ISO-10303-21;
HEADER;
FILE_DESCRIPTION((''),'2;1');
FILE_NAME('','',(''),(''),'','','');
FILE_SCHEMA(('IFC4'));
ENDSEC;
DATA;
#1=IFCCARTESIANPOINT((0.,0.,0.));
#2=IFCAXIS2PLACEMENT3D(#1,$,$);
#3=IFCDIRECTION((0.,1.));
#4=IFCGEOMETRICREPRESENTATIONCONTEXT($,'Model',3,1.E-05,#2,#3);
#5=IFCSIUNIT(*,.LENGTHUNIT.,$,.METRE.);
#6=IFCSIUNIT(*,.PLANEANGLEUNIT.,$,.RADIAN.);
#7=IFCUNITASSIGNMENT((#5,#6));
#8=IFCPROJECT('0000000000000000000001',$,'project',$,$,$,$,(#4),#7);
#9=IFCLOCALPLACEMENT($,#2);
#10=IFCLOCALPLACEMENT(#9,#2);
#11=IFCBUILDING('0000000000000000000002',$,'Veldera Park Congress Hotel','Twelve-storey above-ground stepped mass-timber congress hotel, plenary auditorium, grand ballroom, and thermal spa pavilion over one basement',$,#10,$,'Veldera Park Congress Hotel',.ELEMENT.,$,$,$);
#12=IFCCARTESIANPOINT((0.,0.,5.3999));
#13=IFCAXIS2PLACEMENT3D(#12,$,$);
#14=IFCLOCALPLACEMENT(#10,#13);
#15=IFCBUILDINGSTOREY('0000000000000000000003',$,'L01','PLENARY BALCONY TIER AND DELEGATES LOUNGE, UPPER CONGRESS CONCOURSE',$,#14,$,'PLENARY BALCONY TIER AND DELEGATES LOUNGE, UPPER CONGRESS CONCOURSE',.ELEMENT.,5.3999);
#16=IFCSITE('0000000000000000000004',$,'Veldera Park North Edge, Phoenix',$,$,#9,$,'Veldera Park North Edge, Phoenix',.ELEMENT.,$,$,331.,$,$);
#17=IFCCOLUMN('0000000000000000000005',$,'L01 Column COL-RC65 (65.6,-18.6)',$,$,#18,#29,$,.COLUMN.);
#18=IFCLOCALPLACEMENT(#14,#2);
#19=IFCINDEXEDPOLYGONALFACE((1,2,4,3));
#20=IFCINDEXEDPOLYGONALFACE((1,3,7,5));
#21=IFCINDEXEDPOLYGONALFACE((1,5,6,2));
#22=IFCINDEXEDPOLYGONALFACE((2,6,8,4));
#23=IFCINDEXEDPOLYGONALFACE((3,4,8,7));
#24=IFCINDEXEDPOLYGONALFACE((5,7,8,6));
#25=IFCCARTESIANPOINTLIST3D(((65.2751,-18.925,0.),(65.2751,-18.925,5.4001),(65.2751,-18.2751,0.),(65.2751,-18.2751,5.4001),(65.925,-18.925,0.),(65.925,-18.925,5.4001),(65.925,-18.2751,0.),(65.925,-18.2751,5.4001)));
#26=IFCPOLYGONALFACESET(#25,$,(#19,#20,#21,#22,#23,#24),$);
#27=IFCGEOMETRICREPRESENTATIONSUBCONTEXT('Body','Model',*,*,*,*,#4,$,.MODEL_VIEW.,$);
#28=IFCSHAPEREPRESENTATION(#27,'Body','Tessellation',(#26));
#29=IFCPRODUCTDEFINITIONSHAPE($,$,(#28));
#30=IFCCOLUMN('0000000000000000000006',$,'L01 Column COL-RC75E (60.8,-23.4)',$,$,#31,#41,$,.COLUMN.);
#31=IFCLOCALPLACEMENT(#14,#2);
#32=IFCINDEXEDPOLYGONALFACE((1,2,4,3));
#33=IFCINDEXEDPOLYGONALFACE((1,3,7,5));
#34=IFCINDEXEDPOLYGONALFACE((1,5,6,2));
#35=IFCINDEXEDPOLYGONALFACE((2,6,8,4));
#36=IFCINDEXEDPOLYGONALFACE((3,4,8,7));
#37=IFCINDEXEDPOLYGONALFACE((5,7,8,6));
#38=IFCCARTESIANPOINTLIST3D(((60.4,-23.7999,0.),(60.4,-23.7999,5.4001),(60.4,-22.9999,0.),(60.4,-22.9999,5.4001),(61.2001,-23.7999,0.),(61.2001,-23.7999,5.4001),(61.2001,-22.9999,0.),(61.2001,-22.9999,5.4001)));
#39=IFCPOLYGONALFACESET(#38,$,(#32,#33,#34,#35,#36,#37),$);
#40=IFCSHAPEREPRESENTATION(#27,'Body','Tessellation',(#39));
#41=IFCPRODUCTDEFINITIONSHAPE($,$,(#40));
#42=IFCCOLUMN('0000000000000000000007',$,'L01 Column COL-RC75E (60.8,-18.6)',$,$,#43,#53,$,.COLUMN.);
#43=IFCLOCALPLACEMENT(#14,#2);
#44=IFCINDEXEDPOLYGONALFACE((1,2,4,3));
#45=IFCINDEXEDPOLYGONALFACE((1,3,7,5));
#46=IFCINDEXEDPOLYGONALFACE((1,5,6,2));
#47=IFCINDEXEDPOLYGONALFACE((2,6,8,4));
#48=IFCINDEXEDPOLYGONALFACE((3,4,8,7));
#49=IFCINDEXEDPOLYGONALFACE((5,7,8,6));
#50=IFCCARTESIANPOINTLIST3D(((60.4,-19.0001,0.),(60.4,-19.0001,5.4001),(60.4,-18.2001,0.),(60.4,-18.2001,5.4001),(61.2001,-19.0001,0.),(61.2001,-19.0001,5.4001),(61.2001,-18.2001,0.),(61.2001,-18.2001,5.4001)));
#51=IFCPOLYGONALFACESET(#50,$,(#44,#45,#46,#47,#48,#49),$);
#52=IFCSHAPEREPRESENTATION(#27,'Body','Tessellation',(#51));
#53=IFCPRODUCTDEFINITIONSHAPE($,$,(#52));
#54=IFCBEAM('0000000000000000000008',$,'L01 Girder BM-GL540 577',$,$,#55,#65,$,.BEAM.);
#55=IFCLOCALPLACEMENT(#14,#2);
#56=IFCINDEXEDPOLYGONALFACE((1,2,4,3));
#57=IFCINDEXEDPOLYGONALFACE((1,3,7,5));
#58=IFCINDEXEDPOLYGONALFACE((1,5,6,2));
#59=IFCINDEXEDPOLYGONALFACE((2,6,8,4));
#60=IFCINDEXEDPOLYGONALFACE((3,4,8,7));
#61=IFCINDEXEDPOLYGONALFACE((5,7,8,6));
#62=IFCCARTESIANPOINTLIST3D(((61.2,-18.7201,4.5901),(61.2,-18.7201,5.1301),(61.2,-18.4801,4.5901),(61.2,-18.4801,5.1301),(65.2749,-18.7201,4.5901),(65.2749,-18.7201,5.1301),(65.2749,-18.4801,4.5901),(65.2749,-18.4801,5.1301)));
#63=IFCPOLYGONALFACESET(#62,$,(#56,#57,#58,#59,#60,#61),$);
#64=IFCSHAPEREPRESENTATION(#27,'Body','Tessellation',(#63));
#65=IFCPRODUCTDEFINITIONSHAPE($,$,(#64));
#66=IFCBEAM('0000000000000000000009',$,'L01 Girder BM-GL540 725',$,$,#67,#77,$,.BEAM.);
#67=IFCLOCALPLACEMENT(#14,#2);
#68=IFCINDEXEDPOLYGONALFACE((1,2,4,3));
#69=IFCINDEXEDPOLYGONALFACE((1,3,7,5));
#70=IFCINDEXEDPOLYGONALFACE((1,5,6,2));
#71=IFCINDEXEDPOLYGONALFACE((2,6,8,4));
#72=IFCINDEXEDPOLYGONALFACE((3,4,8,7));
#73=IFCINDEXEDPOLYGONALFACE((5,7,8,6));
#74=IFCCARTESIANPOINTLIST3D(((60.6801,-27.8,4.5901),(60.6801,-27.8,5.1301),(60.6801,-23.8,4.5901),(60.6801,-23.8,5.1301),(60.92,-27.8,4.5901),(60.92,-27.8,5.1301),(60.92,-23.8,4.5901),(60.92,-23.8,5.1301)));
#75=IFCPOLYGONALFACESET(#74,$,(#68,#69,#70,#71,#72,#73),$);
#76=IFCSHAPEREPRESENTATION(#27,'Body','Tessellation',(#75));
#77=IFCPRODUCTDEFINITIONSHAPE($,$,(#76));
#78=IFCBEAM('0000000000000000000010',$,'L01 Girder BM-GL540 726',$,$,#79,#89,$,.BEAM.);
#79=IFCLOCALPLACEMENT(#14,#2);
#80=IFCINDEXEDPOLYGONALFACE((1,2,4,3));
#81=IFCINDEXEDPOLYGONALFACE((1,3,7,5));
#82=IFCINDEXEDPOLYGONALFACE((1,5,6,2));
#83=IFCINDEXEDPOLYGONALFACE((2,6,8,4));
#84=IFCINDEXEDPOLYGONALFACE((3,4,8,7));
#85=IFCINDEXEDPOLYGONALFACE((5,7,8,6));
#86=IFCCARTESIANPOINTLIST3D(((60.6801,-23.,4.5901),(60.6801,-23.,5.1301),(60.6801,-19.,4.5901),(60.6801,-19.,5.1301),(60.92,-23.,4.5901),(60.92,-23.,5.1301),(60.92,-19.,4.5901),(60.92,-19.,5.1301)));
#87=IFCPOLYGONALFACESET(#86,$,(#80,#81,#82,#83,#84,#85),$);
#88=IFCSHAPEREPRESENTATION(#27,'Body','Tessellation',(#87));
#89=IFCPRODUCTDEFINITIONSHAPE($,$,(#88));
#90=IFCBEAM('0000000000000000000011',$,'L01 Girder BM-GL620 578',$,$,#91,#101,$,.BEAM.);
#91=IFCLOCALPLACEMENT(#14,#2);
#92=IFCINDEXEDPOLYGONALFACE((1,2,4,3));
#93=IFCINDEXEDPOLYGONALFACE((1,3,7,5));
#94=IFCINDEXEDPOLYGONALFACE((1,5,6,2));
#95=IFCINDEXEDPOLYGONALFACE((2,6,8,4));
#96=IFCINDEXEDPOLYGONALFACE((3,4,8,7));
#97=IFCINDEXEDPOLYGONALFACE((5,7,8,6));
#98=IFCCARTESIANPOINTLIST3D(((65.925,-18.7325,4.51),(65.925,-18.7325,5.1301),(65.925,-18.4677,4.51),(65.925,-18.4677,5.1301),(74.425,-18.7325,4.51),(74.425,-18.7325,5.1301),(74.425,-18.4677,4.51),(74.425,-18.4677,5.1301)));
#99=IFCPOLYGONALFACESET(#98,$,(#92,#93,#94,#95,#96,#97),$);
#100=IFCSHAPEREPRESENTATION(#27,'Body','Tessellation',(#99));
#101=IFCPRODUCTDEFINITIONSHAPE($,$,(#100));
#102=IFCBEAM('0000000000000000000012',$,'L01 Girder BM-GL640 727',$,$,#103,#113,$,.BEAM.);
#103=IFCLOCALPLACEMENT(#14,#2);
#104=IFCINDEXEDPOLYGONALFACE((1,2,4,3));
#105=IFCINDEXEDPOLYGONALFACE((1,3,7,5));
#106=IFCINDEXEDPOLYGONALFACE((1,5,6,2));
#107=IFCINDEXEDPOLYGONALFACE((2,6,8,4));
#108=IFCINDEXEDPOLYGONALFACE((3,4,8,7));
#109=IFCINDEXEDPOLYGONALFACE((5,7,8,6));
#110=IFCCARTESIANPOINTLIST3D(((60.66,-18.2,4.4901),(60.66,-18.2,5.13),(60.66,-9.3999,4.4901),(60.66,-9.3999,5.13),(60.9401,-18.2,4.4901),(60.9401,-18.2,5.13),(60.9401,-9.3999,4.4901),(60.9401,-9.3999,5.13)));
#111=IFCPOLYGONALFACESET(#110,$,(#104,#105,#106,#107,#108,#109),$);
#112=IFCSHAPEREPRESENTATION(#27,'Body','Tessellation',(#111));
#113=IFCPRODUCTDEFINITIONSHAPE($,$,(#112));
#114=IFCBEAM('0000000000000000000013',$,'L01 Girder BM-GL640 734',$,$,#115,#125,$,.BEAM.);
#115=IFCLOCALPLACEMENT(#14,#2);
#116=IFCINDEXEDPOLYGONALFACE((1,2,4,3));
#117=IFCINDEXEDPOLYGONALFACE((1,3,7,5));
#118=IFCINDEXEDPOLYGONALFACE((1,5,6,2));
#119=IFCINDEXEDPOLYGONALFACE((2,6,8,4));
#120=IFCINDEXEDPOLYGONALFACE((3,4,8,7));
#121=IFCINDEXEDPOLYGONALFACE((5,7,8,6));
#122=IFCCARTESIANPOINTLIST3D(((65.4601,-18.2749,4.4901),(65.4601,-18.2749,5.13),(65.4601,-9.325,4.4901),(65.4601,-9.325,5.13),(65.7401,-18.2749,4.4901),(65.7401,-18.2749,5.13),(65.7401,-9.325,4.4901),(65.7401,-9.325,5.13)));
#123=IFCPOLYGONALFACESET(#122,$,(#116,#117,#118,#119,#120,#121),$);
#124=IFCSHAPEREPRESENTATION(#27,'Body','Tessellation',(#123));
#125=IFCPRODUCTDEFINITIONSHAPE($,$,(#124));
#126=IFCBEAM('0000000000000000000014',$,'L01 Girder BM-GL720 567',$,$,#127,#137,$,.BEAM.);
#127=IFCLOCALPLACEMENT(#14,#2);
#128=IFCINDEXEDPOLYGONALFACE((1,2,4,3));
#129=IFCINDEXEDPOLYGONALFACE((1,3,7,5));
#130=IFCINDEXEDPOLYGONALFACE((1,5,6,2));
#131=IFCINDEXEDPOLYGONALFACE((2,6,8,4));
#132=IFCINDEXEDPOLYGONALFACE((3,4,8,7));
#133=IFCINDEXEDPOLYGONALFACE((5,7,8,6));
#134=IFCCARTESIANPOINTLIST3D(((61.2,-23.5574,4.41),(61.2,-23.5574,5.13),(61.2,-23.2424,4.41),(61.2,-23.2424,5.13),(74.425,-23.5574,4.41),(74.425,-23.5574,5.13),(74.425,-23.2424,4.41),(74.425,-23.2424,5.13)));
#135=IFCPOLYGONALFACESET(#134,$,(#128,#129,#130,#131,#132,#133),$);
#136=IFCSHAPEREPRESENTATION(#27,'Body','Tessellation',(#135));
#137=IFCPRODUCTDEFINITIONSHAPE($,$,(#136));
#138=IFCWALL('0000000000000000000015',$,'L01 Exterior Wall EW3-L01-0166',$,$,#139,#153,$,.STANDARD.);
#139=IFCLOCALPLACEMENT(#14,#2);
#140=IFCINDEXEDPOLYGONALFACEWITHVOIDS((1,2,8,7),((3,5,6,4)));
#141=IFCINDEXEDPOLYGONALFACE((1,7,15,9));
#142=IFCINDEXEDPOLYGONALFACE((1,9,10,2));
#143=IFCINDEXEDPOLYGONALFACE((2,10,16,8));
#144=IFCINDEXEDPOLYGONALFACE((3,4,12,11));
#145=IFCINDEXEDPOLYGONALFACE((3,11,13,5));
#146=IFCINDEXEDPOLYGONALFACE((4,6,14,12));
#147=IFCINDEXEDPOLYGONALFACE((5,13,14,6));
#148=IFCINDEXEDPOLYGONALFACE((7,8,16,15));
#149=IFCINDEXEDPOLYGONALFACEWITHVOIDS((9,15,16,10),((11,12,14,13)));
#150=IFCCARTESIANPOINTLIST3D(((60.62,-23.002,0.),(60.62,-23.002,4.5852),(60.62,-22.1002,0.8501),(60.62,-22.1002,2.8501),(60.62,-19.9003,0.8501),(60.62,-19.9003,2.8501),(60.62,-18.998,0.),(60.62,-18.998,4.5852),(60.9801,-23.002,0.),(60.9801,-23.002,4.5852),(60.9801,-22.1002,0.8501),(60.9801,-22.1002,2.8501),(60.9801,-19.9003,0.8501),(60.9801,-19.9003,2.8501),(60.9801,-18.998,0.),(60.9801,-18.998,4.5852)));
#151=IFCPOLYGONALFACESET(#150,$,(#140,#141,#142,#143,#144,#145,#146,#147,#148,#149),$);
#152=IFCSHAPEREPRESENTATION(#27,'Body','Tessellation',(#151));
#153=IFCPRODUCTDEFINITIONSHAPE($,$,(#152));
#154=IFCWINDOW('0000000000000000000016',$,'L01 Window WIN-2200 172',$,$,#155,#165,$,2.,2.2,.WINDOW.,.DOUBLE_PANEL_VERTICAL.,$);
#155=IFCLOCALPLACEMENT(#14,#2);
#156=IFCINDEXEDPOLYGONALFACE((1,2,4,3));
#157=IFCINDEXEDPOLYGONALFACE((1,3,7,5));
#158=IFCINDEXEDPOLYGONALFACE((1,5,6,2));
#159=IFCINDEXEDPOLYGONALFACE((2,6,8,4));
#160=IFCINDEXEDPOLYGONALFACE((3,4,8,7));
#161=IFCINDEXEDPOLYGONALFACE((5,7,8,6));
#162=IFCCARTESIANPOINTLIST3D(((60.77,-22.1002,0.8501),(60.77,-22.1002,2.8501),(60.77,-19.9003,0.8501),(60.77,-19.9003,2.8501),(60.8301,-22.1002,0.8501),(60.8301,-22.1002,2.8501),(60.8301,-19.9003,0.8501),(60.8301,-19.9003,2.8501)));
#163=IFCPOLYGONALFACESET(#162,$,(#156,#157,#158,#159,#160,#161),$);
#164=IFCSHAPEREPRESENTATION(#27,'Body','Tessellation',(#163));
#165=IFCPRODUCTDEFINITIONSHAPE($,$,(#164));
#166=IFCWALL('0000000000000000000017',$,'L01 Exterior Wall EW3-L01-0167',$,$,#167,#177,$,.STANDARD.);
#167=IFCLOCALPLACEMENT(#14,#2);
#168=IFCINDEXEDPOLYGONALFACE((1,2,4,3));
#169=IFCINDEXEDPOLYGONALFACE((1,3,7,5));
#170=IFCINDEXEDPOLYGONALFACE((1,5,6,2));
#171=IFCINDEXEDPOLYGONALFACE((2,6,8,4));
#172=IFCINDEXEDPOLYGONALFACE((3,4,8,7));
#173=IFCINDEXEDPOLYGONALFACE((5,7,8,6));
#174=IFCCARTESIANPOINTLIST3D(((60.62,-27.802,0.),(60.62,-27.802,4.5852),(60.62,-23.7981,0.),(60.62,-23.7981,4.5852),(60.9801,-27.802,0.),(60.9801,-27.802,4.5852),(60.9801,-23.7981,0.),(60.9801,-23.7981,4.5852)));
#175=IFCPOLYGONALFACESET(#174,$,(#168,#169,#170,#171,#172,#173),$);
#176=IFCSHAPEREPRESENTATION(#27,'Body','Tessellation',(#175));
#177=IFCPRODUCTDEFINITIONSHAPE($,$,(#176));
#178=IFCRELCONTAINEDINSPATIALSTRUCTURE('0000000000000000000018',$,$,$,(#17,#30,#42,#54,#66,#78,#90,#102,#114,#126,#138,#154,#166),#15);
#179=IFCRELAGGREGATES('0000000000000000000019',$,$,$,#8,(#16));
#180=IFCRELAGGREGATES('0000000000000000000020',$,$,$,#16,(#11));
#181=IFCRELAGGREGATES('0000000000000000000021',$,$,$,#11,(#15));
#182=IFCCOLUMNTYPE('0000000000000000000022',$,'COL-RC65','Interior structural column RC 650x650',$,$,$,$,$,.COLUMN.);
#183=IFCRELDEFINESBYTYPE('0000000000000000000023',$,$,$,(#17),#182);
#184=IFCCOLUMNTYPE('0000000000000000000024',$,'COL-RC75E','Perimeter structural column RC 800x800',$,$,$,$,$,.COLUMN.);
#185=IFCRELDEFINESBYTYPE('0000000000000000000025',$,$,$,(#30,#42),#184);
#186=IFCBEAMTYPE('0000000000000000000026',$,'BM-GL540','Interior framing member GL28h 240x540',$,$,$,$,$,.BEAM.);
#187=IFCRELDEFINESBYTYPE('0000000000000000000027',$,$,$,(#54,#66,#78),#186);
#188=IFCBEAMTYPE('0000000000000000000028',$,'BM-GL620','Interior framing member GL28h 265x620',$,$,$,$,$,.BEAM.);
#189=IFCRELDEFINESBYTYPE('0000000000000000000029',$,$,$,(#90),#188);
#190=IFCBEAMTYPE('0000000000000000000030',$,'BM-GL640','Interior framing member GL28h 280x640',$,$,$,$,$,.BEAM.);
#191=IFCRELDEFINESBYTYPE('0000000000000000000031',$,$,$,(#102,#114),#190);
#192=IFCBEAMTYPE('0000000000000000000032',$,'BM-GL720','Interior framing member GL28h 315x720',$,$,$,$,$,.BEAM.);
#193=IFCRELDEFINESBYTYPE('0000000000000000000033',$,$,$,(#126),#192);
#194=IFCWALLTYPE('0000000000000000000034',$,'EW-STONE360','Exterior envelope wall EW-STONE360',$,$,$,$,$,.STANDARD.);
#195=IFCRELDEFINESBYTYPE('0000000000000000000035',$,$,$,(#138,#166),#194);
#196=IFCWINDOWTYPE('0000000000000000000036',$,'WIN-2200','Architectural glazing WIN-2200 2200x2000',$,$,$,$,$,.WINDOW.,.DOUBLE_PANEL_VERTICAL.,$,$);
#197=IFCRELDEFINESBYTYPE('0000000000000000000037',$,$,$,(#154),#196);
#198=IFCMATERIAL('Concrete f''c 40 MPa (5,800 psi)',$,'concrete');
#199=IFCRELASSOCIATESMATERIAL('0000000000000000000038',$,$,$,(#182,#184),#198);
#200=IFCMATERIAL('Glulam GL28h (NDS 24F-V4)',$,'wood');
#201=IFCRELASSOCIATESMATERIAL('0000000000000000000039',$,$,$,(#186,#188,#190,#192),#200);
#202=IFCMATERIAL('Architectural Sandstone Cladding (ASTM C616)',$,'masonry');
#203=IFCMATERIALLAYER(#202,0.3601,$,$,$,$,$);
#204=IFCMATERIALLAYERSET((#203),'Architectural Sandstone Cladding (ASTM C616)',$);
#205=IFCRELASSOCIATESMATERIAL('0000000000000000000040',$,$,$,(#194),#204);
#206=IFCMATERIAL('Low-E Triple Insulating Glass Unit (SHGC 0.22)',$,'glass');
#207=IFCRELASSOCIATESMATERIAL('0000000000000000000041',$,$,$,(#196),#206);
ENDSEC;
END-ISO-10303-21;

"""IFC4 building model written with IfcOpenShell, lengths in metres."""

from ifc_helpers import new_model, si_unit, direction, frame, frame_2d, origin, origin_2d, place, context, subcontext, project, spatial, rectangle, extrude, material, layer, layer_set, material_profile, profile_set, type_object, element, fill, save


model = new_model("IFC4")

# Units and contexts
model_context = context("Model", 3, precision=1e-05, world=origin(), true_north=direction((0.0, 1.0)))
body_context = subcontext(model_context, "Body", "Model", "MODEL_VIEW")
ifc_project = project(units=[si_unit("LENGTHUNIT", "METRE"), si_unit("PLANEANGLEUNIT", "RADIAN")], contexts=[model_context])

# Site, building, storey
site_placement = place(None, origin())
site = spatial("IfcSite", under=ifc_project, at=site_placement, Name="Veldera Park North Edge, Phoenix", LongName="Veldera Park North Edge, Phoenix", CompositionType="ELEMENT", RefElevation=331.0)
building_placement = place(site_placement, origin())
building = spatial("IfcBuilding", under=site, at=building_placement, Name="Veldera Park Congress Hotel", Description="Twelve-storey above-ground stepped mass-timber congress hotel, plenary auditorium, grand ballroom, and thermal spa pavilion over one basement", LongName="Veldera Park Congress Hotel", CompositionType="ELEMENT")
storey_placement = place(building_placement, frame((0.0, 0.0, 5.3999)))
storey = spatial("IfcBuildingStorey", under=building, at=storey_placement, Name="L01", Description="PLENARY BALCONY TIER AND DELEGATES LOUNGE, UPPER CONGRESS CONCOURSE", LongName="PLENARY BALCONY TIER AND DELEGATES LOUNGE, UPPER CONGRESS CONCOURSE", CompositionType="ELEMENT", Elevation=5.3999)

# Columns
ifc_material_1 = material(Name="Concrete f'c 40 MPa (5,800 psi)", Category="concrete")
ifc_material_profile_1 = material_profile(ifc_material_1, rectangle(XDim=0.6499, YDim=0.6499, at=origin_2d()), Name="RC 650x650")
ifc_profile_set_1 = profile_set([ifc_material_profile_1], Name="Concrete f'c 40 MPa (5,800 psi)")
column_type_1 = type_object("IfcColumnType", Name="COL-RC65", Description="Interior structural column RC 650x650", PredefinedType="COLUMN", material=ifc_profile_set_1)
column_placement = place(storey_placement, frame((65.6001, -18.6001, 0.0), z_axis=(0.0, 0.0, 1.0), x_axis=(1.0, 0.0, 0.0)))
element("IfcColumn", 1, at=column_placement, inside=storey, type_object=column_type_1, Name="L01 Column COL-RC65 (65.6,-18.6)", PredefinedType="COLUMN", context=body_context, shape_type="SweptSolid", body=[
    extrude(rectangle(XDim=0.6499, YDim=0.6499, at=origin_2d()), origin(), (0.0, 0.0, 1.0), 5.4001),
])
ifc_material_profile_2 = material_profile(ifc_material_1, rectangle(XDim=0.8, YDim=0.8, at=origin_2d()), Name="RC 800x800")
ifc_profile_set_2 = profile_set([ifc_material_profile_2], Name="Concrete f'c 40 MPa (5,800 psi)")
column_type_2 = type_object("IfcColumnType", Name="COL-RC75E", Description="Perimeter structural column RC 800x800", PredefinedType="COLUMN", material=ifc_profile_set_2)
for number, where, z_axis, x_axis, name in (
    (2, (60.8, -23.3999, 0.0), (0.0, 0.0, 1.0), (1.0, 0.0, 0.0), "L01 Column COL-RC75E (60.8,-23.4)"),
    (3, (60.8, -18.6001, 0.0), (0.0, 0.0, 1.0), (1.0, 0.0, 0.0), "L01 Column COL-RC75E (60.8,-18.6)"),
):
    element("IfcColumn", number, at=place(storey_placement, frame(where, z_axis=z_axis, x_axis=x_axis)), inside=storey, type_object=column_type_2, Name=name, PredefinedType="COLUMN", context=body_context, shape_type="SweptSolid", body=[
        extrude(rectangle(XDim=0.8, YDim=0.8, at=origin_2d()), origin(), (0.0, 0.0, 1.0), 5.4001),
    ])

# Beams
ifc_material_2 = material(Name="Glulam GL28h (NDS 24F-V4)", Category="wood")
ifc_material_profile_3 = material_profile(ifc_material_2, rectangle(XDim=0.24, YDim=0.54, at=origin_2d()), Name="GL28h 240x540")
ifc_profile_set_3 = profile_set([ifc_material_profile_3], Name="Glulam GL28h (NDS 24F-V4)")
beam_type_1 = type_object("IfcBeamType", Name="BM-GL540", Description="Interior framing member GL28h 240x540", PredefinedType="BEAM", material=ifc_profile_set_3)
beam_1_placement = place(storey_placement, frame((61.2, -18.6001, 4.8601), z_axis=(1.0, 0.0, 0.0), x_axis=(0.0, 1.0, 0.0)))
element("IfcBeam", 4, at=beam_1_placement, inside=storey, type_object=beam_type_1, Name="L01 Girder BM-GL540 577", PredefinedType="BEAM", context=body_context, shape_type="SweptSolid", body=[
    extrude(rectangle(XDim=0.24, YDim=0.54, at=origin_2d()), origin(), (0.0, 0.0, 1.0), 4.075),
])
for number, where, z_axis, x_axis, name in (
    (5, (60.8, -27.8, 4.8601), (0.0, 1.0, 0.0), (-1.0, 0.0, 0.0), "L01 Girder BM-GL540 725"),
    (6, (60.8, -23.0, 4.8601), (0.0, 1.0, 0.0), (-1.0, 0.0, 0.0), "L01 Girder BM-GL540 726"),
):
    element("IfcBeam", number, at=place(storey_placement, frame(where, z_axis=z_axis, x_axis=x_axis)), inside=storey, type_object=beam_type_1, Name=name, PredefinedType="BEAM", context=body_context, shape_type="SweptSolid", body=[
        extrude(rectangle(XDim=0.24, YDim=0.54, at=origin_2d()), origin(), (0.0, 0.0, 1.0), 4.0),
    ])
ifc_material_profile_4 = material_profile(ifc_material_2, rectangle(XDim=0.2649, YDim=0.6201, at=origin_2d()), Name="GL28h 265x620")
ifc_profile_set_4 = profile_set([ifc_material_profile_4], Name="Glulam GL28h (NDS 24F-V4)")
beam_type_2 = type_object("IfcBeamType", Name="BM-GL620", Description="Interior framing member GL28h 265x620", PredefinedType="BEAM", material=ifc_profile_set_4)
beam_2_placement = place(storey_placement, frame((65.925, -18.6001, 4.8201), z_axis=(1.0, 0.0, 0.0), x_axis=(0.0, 1.0, 0.0)))
element("IfcBeam", 7, at=beam_2_placement, inside=storey, type_object=beam_type_2, Name="L01 Girder BM-GL620 578", PredefinedType="BEAM", context=body_context, shape_type="SweptSolid", body=[
    extrude(rectangle(XDim=0.2649, YDim=0.6201, at=origin_2d()), origin(), (0.0, 0.0, 1.0), 8.5),
])
ifc_material_profile_5 = material_profile(ifc_material_2, rectangle(XDim=0.28, YDim=0.6399, at=origin_2d()), Name="GL28h 280x640")
ifc_profile_set_5 = profile_set([ifc_material_profile_5], Name="Glulam GL28h (NDS 24F-V4)")
beam_type_3 = type_object("IfcBeamType", Name="BM-GL640", Description="Interior framing member GL28h 280x640", PredefinedType="BEAM", material=ifc_profile_set_5)
beam_3_placement = place(storey_placement, frame((60.8, -18.2, 4.8101), z_axis=(0.0, 1.0, 0.0), x_axis=(-1.0, 0.0, 0.0)))
element("IfcBeam", 8, at=beam_3_placement, inside=storey, type_object=beam_type_3, Name="L01 Girder BM-GL640 727", PredefinedType="BEAM", context=body_context, shape_type="SweptSolid", body=[
    extrude(rectangle(XDim=0.28, YDim=0.6399, at=origin_2d()), origin(), (0.0, 0.0, 1.0), 8.8),
])
beam_4_placement = place(storey_placement, frame((65.6001, -18.2749, 4.8101), z_axis=(0.0, 1.0, 0.0), x_axis=(-1.0, 0.0, 0.0)))
element("IfcBeam", 9, at=beam_4_placement, inside=storey, type_object=beam_type_3, Name="L01 Girder BM-GL640 734", PredefinedType="BEAM", context=body_context, shape_type="SweptSolid", body=[
    extrude(rectangle(XDim=0.28, YDim=0.6399, at=origin_2d()), origin(), (0.0, 0.0, 1.0), 8.95),
])
ifc_material_profile_6 = material_profile(ifc_material_2, rectangle(XDim=0.3149, YDim=0.72, at=origin_2d()), Name="GL28h 315x720")
ifc_profile_set_6 = profile_set([ifc_material_profile_6], Name="Glulam GL28h (NDS 24F-V4)")
beam_type_4 = type_object("IfcBeamType", Name="BM-GL720", Description="Interior framing member GL28h 315x720", PredefinedType="BEAM", material=ifc_profile_set_6)
beam_5_placement = place(storey_placement, frame((61.2, -23.3999, 4.77), z_axis=(1.0, 0.0, 0.0), x_axis=(0.0, 1.0, 0.0)))
element("IfcBeam", 10, at=beam_5_placement, inside=storey, type_object=beam_type_4, Name="L01 Girder BM-GL720 567", PredefinedType="BEAM", context=body_context, shape_type="SweptSolid", body=[
    extrude(rectangle(XDim=0.3149, YDim=0.72, at=origin_2d()), origin(), (0.0, 0.0, 1.0), 13.2251),
])

# Wall, opening, window
ifc_material_3 = material(Name="Architectural Sandstone Cladding (ASTM C616)", Category="masonry")
ifc_layer_1 = layer(ifc_material_3, 0.3601)
ifc_layer_set_1 = layer_set([ifc_layer_1], Name="Architectural Sandstone Cladding (ASTM C616)")
wall_type_1 = type_object("IfcWallType", Name="EW-STONE360", Description="Exterior envelope wall EW-STONE360", PredefinedType="STANDARD", material=ifc_layer_set_1)
wall_1_placement = place(storey_placement, frame((60.8, -18.998, 0.0), z_axis=(0.0, 0.0, 1.0), x_axis=(0.0, -1.0, 0.0)))
wall_1 = element("IfcWall", 11, at=wall_1_placement, inside=storey, type_object=wall_type_1, Name="L01 Exterior Wall EW3-L01-0166", PredefinedType="STANDARD", context=body_context, shape_type="SweptSolid", body=[
    extrude(rectangle(XDim=4.0039, YDim=0.3601, at=frame_2d((2.002, 0.0))), origin(), (0.0, 0.0, 1.0), 4.5852),
])
opening_1_placement = place(wall_1_placement, frame((0.9021, 0.0, 0.8501)))
opening_1 = element("IfcOpeningElement", 12, at=opening_1_placement, cuts=wall_1, PredefinedType="OPENING", context=body_context, shape_type="SweptSolid", body=[
    extrude(rectangle(XDim=2.2, YDim=2.0, at=frame_2d((1.1001, 1.0))), frame((0.0, 0.1921, 0.0), z_axis=(0.0, -1.0, 0.0), x_axis=(1.0, 0.0, 0.0)), (0.0, 0.0, 1.0), 0.384),
])
ifc_material_4 = material(Name="Low-E Triple Insulating Glass Unit (SHGC 0.22)", Category="glass")
window_type = type_object("IfcWindowType", Name="WIN-2200", Description="Architectural glazing WIN-2200 2200x2000", PartitioningType="DOUBLE_PANEL_VERTICAL", PredefinedType="WINDOW", material=ifc_material_4)
window_placement = place(opening_1_placement, origin())
window = element("IfcWindow", 13, at=window_placement, inside=storey, type_object=window_type, Name="L01 Window WIN-2200 172", OverallHeight=2.0, OverallWidth=2.2, PartitioningType="DOUBLE_PANEL_VERTICAL", PredefinedType="WINDOW", context=body_context, shape_type="SweptSolid", body=[
    extrude(rectangle(XDim=2.2, YDim=2.0, at=frame_2d((1.1001, 1.0))), frame((0.0, 0.03, 0.0), z_axis=(0.0, -1.0, 0.0), x_axis=(1.0, 0.0, 0.0)), (0.0, 0.0, 1.0), 0.0601),
])
fill(opening_1, window)

# Wall
wall_2_placement = place(storey_placement, frame((60.8, -23.7981, 0.0), z_axis=(0.0, 0.0, 1.0), x_axis=(0.0, -1.0, 0.0)))
element("IfcWall", 14, at=wall_2_placement, inside=storey, type_object=wall_type_1, Name="L01 Exterior Wall EW3-L01-0167", PredefinedType="STANDARD", context=body_context, shape_type="SweptSolid", body=[
    extrude(rectangle(XDim=4.0039, YDim=0.3601, at=frame_2d((2.002, 0.0))), origin(), (0.0, 0.0, 1.0), 4.5852),
])

save(model, "model.ifc")
